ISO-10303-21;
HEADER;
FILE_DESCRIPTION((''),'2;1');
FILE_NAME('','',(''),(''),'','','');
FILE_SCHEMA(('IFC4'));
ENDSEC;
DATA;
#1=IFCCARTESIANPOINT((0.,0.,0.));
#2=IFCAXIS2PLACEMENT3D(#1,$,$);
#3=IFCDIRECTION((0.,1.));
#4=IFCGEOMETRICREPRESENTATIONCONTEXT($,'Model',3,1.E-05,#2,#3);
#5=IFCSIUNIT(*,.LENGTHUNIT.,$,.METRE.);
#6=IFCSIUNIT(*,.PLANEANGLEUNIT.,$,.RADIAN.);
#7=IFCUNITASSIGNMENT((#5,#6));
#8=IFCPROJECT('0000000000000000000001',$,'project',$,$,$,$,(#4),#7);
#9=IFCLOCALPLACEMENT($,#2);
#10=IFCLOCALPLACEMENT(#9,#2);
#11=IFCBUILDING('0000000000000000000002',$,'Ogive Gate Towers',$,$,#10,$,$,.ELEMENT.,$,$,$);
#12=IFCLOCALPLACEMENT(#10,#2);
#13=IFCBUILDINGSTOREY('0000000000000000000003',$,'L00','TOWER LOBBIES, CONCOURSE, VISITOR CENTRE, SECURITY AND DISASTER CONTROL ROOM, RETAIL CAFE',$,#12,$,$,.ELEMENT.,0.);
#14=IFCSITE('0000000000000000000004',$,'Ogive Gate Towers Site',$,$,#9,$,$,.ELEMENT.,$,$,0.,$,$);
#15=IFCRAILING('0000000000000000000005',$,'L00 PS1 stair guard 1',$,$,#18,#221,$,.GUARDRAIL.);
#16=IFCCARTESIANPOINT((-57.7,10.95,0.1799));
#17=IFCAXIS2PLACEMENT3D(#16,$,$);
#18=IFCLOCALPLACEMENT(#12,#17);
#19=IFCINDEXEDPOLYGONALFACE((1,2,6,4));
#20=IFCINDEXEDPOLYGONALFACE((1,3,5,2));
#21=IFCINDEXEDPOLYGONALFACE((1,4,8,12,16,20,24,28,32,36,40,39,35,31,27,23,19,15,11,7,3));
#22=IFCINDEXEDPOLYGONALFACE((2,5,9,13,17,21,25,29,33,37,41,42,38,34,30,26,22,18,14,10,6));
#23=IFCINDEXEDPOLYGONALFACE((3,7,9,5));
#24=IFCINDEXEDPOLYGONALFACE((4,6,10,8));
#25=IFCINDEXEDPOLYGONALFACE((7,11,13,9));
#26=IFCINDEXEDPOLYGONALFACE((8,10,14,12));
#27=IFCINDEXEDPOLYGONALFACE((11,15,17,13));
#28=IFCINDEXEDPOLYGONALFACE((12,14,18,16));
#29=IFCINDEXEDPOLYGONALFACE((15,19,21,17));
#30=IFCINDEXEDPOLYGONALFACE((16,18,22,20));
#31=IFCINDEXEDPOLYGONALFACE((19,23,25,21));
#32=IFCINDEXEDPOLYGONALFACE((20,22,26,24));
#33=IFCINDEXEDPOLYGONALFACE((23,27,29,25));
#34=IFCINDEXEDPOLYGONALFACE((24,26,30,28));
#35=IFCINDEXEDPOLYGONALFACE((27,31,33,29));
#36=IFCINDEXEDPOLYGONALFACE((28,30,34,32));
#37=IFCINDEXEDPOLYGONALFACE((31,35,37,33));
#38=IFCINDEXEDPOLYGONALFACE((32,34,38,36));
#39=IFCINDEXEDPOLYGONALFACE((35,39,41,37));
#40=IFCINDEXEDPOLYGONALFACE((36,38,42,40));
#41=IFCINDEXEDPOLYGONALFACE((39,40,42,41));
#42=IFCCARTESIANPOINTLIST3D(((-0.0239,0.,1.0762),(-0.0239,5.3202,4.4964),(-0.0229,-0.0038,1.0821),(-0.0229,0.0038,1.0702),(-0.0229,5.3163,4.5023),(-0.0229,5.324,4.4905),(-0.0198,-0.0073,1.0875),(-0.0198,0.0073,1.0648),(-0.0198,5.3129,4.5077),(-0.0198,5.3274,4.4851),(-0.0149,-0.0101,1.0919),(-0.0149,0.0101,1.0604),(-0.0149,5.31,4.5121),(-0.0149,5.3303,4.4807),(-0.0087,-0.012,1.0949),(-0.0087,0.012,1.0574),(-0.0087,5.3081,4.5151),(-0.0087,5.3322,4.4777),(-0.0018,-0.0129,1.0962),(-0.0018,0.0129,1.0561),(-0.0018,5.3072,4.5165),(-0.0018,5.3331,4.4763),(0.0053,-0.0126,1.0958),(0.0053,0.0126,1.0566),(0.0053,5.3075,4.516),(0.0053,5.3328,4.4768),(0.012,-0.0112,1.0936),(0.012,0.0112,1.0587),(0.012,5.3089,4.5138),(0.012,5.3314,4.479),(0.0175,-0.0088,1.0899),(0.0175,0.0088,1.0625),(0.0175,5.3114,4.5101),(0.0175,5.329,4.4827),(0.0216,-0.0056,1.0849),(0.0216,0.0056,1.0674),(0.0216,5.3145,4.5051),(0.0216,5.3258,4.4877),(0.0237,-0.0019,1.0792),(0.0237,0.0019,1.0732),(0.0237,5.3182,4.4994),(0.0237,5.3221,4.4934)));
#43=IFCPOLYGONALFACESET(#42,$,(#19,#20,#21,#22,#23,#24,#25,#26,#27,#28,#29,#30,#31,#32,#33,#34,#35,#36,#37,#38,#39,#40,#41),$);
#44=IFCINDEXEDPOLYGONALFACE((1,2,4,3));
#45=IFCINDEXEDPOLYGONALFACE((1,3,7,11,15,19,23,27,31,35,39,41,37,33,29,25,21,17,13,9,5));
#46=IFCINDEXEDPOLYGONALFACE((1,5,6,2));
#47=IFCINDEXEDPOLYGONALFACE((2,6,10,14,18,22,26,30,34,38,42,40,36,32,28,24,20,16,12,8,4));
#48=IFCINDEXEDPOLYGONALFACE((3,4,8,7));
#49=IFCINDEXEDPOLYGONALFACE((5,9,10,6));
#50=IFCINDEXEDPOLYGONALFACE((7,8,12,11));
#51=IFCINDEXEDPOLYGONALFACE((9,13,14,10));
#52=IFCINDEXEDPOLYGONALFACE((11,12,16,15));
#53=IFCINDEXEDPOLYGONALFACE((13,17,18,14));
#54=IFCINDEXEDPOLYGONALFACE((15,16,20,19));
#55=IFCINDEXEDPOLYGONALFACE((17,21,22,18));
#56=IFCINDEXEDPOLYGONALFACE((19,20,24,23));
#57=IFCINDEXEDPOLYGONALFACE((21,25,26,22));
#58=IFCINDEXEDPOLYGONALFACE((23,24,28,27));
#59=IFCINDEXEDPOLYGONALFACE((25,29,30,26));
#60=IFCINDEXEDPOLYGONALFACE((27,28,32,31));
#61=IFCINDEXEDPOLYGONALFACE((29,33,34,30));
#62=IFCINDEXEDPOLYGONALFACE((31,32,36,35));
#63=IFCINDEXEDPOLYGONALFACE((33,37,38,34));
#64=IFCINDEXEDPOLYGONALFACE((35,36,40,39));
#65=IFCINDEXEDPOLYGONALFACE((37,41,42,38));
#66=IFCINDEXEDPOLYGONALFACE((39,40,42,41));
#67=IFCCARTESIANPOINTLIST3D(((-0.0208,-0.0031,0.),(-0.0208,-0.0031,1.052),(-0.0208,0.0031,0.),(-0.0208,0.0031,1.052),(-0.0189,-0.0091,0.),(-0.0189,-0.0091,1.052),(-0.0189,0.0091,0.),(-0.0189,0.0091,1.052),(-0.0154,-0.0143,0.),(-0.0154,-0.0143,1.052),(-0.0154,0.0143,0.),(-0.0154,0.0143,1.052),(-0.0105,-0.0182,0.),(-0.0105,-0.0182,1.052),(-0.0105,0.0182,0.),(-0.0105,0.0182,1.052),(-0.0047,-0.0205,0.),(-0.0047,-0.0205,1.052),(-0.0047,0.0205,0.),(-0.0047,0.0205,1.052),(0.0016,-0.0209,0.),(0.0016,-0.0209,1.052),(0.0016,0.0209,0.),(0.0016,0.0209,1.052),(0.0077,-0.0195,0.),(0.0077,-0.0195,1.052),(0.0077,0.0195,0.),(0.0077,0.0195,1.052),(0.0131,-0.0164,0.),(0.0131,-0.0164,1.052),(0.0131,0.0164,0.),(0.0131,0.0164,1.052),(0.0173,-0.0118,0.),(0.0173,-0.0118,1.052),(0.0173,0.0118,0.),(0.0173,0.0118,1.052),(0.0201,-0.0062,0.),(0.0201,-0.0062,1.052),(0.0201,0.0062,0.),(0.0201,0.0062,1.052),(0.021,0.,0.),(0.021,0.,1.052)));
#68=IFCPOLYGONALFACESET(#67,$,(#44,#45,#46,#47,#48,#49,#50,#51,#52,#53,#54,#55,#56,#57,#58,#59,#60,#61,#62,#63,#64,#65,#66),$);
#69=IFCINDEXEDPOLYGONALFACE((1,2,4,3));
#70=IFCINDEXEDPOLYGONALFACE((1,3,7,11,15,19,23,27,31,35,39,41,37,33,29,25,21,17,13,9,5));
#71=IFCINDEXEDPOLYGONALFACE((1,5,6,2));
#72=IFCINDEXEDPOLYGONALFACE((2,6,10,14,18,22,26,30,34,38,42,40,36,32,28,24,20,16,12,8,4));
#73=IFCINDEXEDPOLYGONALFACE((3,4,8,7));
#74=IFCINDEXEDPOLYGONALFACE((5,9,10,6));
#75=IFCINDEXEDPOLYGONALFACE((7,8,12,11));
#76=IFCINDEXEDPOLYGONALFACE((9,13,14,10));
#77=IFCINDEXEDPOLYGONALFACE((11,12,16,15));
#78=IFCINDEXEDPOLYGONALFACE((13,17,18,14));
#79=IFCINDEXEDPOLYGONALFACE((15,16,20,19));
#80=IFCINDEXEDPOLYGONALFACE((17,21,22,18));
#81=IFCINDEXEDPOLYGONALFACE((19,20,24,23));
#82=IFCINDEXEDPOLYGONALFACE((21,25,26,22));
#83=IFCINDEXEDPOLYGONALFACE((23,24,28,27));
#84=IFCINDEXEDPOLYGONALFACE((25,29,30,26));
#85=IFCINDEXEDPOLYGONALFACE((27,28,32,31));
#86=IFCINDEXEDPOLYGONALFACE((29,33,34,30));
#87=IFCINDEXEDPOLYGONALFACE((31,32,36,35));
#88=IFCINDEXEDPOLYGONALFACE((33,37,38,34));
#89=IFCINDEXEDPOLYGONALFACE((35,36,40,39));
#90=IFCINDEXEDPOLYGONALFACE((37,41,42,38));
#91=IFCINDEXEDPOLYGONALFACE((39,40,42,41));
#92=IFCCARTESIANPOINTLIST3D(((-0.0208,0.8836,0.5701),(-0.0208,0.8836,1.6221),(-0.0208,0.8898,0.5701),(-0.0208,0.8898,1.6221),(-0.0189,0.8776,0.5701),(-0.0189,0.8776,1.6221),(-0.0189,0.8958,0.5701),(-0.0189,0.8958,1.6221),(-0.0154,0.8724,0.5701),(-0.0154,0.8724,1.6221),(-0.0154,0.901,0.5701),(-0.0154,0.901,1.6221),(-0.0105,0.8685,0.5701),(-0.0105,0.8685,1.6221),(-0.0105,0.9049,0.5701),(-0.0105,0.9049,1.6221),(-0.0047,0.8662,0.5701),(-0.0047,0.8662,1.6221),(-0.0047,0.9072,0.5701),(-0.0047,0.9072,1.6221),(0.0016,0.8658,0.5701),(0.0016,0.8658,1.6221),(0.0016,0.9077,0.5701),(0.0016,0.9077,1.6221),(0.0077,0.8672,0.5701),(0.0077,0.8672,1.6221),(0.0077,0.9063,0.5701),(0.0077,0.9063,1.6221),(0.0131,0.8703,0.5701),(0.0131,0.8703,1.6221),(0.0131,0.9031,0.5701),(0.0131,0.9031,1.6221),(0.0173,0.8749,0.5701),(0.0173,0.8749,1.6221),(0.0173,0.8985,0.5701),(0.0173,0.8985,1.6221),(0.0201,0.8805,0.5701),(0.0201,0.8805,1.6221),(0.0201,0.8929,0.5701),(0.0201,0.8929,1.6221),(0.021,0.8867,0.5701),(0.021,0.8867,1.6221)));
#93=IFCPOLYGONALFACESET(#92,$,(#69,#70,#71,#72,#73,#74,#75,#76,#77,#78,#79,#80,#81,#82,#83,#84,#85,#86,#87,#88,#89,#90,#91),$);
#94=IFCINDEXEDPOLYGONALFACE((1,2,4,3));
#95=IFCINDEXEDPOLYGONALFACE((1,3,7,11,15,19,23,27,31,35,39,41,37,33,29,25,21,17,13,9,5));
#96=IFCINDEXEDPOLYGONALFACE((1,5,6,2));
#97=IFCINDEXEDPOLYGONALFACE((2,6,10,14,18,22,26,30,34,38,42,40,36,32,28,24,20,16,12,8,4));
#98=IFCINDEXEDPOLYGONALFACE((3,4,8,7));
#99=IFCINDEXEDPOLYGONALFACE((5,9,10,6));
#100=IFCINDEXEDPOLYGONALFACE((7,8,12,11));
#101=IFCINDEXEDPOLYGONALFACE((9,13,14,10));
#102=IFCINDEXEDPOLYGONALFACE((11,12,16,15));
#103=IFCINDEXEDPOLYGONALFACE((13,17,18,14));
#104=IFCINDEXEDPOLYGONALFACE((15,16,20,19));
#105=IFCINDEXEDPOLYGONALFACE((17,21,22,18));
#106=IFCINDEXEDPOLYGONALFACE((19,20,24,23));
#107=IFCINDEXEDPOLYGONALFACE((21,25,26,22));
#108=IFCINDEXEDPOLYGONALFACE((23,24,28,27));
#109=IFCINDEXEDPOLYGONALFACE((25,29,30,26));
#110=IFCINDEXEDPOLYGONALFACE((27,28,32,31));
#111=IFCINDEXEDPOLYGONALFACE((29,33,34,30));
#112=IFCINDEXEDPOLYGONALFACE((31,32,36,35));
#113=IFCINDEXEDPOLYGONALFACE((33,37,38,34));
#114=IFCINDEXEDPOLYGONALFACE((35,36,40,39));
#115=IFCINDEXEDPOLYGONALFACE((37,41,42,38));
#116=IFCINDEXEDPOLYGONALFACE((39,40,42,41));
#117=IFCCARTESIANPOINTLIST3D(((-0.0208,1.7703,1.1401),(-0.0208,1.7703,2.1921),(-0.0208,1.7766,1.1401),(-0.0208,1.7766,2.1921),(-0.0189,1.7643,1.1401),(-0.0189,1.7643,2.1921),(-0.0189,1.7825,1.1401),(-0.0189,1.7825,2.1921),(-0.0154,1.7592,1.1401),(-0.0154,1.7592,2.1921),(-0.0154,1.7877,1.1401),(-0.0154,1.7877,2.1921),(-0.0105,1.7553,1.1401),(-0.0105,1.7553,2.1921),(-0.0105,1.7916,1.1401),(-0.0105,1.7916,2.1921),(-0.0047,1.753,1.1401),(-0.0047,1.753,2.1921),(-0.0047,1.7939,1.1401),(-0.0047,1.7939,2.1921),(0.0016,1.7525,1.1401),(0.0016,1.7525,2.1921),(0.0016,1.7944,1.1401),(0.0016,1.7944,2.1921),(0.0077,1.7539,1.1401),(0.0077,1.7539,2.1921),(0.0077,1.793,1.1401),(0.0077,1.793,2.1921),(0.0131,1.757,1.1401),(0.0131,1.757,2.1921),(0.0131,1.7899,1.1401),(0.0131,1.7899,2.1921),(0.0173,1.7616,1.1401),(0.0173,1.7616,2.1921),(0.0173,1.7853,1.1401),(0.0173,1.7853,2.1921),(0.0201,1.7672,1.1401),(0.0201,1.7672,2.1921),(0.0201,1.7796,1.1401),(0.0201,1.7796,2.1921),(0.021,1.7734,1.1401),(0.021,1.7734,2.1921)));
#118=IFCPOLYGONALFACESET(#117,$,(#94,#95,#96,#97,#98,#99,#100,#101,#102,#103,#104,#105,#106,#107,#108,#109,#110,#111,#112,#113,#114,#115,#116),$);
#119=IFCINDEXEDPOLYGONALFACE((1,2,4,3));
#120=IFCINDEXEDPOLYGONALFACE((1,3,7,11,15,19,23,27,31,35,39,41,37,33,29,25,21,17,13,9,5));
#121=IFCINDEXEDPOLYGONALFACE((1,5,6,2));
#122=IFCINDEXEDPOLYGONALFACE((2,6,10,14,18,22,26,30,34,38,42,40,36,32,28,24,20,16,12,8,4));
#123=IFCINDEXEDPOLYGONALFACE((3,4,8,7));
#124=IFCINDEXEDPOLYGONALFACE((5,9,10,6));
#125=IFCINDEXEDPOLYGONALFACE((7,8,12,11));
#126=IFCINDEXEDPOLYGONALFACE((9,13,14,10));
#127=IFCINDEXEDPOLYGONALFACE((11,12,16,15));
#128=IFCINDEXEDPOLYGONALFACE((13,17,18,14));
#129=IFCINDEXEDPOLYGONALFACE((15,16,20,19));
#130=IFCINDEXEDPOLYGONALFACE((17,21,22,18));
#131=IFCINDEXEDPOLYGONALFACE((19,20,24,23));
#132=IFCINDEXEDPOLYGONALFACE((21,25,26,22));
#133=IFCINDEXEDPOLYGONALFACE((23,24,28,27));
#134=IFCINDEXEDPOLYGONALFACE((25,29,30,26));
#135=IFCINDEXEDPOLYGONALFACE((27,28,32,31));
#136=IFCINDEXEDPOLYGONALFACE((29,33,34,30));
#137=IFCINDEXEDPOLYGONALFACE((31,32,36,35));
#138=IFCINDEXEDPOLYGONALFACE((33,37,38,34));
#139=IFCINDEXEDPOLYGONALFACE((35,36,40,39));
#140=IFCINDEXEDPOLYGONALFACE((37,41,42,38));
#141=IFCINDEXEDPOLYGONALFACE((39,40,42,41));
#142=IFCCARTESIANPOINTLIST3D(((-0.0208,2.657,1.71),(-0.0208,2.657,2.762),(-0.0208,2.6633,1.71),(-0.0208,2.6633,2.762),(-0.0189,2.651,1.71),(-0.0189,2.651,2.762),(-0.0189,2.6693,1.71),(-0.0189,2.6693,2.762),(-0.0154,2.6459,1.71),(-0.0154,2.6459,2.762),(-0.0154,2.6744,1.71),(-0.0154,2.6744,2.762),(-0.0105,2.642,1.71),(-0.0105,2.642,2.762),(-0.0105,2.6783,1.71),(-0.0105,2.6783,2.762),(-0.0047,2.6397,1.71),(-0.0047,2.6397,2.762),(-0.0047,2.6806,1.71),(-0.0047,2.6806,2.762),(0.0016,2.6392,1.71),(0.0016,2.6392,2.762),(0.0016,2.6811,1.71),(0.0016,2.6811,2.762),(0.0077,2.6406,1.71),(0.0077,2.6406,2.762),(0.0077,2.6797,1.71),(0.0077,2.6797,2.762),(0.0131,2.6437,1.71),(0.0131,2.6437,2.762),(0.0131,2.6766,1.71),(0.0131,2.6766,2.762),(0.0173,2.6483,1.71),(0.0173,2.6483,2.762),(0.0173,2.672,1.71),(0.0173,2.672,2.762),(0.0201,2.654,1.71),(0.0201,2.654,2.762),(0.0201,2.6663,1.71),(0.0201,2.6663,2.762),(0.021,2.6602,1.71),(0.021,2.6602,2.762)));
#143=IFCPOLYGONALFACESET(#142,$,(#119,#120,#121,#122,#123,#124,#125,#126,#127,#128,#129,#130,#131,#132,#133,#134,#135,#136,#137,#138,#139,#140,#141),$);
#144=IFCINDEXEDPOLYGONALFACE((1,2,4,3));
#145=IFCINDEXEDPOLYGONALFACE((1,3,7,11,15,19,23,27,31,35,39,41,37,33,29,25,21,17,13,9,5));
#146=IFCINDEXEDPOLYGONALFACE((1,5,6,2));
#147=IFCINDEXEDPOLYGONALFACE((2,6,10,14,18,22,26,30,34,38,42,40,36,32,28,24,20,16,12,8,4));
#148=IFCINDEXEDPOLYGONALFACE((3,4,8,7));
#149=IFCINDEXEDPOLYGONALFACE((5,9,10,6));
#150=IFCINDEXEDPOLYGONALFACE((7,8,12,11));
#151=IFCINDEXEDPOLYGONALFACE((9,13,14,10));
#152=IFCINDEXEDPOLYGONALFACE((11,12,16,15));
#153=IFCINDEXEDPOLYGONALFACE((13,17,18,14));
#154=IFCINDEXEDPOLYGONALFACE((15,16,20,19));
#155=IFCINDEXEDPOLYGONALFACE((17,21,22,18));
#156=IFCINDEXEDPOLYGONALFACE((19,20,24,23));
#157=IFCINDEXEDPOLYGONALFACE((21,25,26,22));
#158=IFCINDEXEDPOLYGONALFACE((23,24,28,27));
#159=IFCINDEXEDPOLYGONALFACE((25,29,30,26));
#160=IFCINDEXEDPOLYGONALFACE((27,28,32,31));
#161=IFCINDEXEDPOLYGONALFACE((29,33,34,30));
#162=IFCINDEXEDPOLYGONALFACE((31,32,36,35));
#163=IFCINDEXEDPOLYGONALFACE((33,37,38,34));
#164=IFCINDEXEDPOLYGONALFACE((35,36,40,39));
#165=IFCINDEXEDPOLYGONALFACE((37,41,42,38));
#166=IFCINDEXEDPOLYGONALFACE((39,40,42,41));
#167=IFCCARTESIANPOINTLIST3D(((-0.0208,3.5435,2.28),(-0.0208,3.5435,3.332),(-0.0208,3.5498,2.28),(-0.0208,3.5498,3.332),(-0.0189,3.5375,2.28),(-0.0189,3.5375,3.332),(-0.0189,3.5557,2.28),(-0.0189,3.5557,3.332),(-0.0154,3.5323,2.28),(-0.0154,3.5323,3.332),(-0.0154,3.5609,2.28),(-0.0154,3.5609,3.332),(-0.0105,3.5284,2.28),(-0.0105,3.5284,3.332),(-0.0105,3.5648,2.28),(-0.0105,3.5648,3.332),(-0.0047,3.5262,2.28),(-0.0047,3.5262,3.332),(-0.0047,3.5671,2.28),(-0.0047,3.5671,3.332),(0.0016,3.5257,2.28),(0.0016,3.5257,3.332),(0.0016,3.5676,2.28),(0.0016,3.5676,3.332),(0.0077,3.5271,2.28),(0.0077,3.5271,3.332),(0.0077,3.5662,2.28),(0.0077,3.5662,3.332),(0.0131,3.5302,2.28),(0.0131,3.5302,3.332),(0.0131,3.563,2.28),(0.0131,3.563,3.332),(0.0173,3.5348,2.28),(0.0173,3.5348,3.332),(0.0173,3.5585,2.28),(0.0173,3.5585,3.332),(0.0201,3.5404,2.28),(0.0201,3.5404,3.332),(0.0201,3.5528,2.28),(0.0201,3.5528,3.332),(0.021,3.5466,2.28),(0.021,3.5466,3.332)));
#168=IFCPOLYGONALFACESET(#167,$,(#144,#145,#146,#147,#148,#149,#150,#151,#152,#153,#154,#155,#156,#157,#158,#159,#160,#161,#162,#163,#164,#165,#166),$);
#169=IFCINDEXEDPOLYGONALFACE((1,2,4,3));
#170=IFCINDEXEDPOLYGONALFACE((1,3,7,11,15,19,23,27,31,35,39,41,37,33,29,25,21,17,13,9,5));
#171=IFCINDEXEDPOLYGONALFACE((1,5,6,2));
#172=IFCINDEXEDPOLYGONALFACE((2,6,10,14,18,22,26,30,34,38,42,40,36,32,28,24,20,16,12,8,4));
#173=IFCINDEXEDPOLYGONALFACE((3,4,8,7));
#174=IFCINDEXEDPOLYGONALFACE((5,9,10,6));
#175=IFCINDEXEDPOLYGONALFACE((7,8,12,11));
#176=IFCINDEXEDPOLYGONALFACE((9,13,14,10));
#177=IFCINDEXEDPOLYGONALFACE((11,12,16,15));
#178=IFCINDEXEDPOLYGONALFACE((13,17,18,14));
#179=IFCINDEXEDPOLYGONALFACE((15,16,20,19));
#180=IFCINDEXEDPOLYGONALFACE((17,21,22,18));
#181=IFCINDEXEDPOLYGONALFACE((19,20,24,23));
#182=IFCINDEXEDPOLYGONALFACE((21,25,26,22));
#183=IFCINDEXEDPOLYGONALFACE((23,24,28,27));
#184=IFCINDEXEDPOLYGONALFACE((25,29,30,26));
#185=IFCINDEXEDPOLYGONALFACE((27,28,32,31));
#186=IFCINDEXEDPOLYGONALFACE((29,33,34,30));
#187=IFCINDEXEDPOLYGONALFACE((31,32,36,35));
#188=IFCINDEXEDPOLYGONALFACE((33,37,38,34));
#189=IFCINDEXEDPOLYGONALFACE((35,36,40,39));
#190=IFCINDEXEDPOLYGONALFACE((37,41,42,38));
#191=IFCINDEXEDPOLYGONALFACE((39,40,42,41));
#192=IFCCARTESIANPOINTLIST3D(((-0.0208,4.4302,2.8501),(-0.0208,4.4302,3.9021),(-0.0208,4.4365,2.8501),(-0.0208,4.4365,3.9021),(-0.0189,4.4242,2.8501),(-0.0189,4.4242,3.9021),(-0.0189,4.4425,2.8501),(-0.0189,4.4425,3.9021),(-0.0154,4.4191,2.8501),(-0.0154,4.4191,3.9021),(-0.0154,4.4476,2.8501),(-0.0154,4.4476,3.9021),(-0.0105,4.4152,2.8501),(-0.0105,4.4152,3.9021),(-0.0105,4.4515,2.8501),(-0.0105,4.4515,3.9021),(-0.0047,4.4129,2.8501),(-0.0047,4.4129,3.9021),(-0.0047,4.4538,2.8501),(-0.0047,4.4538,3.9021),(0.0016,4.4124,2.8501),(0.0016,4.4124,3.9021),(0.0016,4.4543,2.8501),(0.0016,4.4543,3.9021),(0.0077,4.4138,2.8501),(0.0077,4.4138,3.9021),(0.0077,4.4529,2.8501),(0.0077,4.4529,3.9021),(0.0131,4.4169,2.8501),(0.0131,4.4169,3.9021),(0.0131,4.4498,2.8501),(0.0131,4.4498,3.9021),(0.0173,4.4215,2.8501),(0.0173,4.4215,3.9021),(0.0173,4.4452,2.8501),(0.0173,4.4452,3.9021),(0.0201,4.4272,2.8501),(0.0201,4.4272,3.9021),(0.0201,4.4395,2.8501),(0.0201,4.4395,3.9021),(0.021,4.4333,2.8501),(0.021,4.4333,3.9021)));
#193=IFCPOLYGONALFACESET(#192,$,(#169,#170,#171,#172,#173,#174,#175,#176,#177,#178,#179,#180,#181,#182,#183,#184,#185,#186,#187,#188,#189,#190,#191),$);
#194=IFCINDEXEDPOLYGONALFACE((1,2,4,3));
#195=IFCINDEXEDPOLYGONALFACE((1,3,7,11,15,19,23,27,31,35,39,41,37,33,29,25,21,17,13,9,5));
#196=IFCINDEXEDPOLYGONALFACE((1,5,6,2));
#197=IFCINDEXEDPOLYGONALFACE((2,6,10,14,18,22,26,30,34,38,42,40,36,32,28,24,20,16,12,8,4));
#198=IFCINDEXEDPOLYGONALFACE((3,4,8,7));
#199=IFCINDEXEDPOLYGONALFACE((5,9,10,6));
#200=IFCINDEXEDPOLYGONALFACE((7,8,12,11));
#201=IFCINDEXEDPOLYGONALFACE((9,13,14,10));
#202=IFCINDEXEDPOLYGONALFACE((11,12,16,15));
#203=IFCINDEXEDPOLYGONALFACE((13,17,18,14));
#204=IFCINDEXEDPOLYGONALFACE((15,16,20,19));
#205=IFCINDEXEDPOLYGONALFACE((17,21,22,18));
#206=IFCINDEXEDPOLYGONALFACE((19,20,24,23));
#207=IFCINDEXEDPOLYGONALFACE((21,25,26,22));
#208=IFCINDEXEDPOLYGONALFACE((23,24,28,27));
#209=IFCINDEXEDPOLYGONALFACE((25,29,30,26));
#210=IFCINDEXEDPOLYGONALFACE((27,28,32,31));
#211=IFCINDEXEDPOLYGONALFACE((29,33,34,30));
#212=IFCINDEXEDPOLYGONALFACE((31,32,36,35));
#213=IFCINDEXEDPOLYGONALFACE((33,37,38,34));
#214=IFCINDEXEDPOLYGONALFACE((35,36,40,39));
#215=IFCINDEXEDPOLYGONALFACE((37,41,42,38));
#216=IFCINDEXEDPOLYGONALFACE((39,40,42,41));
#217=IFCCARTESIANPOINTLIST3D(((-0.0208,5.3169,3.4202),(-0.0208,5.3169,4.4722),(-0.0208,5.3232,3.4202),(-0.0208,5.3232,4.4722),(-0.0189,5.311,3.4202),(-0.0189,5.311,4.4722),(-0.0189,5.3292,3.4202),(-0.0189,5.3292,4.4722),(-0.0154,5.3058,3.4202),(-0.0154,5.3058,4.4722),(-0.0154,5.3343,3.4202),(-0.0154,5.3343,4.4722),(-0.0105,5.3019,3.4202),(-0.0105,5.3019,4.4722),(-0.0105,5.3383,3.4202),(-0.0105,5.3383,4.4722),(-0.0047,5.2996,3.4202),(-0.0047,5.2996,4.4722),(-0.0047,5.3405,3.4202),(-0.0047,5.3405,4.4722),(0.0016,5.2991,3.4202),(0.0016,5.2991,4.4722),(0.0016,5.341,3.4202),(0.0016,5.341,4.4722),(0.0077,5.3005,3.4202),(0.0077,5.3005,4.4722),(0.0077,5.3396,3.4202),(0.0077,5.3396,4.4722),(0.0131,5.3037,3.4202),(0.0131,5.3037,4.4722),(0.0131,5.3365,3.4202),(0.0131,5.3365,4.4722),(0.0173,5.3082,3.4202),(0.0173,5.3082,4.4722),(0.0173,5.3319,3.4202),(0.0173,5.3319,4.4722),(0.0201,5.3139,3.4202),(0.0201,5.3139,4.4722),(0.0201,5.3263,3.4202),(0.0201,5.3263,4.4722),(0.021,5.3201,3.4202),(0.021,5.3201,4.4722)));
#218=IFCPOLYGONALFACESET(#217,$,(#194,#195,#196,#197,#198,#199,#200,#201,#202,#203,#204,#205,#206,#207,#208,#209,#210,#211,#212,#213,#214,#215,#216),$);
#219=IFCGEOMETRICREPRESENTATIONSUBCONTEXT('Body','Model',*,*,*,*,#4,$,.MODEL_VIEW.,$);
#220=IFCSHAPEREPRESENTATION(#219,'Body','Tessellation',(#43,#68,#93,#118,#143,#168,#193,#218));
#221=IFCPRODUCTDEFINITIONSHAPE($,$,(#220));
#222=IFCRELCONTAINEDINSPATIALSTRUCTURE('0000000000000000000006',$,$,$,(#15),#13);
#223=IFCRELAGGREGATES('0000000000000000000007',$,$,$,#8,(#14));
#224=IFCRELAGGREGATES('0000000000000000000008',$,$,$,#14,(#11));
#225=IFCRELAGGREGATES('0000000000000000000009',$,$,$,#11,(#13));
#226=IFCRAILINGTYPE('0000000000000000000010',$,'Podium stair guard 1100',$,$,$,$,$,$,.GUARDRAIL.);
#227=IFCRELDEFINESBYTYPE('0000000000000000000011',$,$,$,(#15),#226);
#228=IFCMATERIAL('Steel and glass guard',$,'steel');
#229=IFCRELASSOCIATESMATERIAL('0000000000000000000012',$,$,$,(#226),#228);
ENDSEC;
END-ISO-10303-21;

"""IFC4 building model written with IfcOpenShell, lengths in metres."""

from ifc_helpers import new_model, si_unit, direction, frame, origin, origin_2d, place, context, subcontext, project, spatial, circle, extrude, material, type_object, element, save


model = new_model("IFC4")

# Units and contexts
model_context = context("Model", 3, precision=1e-05, world=origin(), true_north=direction((0.0, 1.0)))
body_context = subcontext(model_context, "Body", "Model", "MODEL_VIEW")
ifc_project = project(units=[si_unit("LENGTHUNIT", "METRE"), si_unit("PLANEANGLEUNIT", "RADIAN")], contexts=[model_context])

# Site, building, storey
site_placement = place(None, origin())
site = spatial("IfcSite", under=ifc_project, at=site_placement, Name="Ogive Gate Towers Site", CompositionType="ELEMENT", RefElevation=0.0)
building_placement = place(site_placement, origin())
building = spatial("IfcBuilding", under=site, at=building_placement, Name="Ogive Gate Towers", CompositionType="ELEMENT")
storey_placement = place(building_placement, origin())
storey = spatial("IfcBuildingStorey", under=building, at=storey_placement, Name="L00", Description="TOWER LOBBIES, CONCOURSE, VISITOR CENTRE, SECURITY AND DISASTER CONTROL ROOM, RETAIL CAFE", CompositionType="ELEMENT", Elevation=0.0)

# Railing
ifc_material_1 = material(Name="Steel and glass guard", Category="steel")
railing_type_1 = type_object("IfcRailingType", Name="Podium stair guard 1100", PredefinedType="GUARDRAIL", material=ifc_material_1)
railing_1_placement = place(storey_placement, frame((-57.7, 10.95, 0.1799)))
element("IfcRailing", 1, at=railing_1_placement, inside=storey, type_object=railing_type_1, Name="L00 PS1 stair guard 1", PredefinedType="GUARDRAIL", context=body_context, shape_type="SweptSolid", body=[
    extrude(circle(Radius=0.0239, at=origin_2d()), frame((0.0, 0.0, 1.0762), z_axis=(0.0, 0.84117, 0.540771), x_axis=(-1.0, 0.0, 0.0)), (0.0, 0.0, 1.0), 6.3247),
    extrude(circle(Radius=0.021, at=origin_2d()), origin(), (0.0, 0.0, 1.0), 1.052),
    extrude(circle(Radius=0.021, at=origin_2d()), frame((0.0, 0.8867, 0.5701)), (0.0, 0.0, 1.0), 1.052),
    extrude(circle(Radius=0.021, at=origin_2d()), frame((0.0, 1.7734, 1.1401)), (0.0, 0.0, 1.0), 1.052),
    extrude(circle(Radius=0.021, at=origin_2d()), frame((0.0, 2.6602, 1.71)), (0.0, 0.0, 1.0), 1.052),
    extrude(circle(Radius=0.021, at=origin_2d()), frame((0.0, 3.5466, 2.28)), (0.0, 0.0, 1.0), 1.052),
    extrude(circle(Radius=0.021, at=origin_2d()), frame((0.0, 4.4333, 2.8501)), (0.0, 0.0, 1.0), 1.052),
    extrude(circle(Radius=0.021, at=origin_2d()), frame((0.0, 5.3201, 3.4202)), (0.0, 0.0, 1.0), 1.052),
])

save(model, "model.ifc")
